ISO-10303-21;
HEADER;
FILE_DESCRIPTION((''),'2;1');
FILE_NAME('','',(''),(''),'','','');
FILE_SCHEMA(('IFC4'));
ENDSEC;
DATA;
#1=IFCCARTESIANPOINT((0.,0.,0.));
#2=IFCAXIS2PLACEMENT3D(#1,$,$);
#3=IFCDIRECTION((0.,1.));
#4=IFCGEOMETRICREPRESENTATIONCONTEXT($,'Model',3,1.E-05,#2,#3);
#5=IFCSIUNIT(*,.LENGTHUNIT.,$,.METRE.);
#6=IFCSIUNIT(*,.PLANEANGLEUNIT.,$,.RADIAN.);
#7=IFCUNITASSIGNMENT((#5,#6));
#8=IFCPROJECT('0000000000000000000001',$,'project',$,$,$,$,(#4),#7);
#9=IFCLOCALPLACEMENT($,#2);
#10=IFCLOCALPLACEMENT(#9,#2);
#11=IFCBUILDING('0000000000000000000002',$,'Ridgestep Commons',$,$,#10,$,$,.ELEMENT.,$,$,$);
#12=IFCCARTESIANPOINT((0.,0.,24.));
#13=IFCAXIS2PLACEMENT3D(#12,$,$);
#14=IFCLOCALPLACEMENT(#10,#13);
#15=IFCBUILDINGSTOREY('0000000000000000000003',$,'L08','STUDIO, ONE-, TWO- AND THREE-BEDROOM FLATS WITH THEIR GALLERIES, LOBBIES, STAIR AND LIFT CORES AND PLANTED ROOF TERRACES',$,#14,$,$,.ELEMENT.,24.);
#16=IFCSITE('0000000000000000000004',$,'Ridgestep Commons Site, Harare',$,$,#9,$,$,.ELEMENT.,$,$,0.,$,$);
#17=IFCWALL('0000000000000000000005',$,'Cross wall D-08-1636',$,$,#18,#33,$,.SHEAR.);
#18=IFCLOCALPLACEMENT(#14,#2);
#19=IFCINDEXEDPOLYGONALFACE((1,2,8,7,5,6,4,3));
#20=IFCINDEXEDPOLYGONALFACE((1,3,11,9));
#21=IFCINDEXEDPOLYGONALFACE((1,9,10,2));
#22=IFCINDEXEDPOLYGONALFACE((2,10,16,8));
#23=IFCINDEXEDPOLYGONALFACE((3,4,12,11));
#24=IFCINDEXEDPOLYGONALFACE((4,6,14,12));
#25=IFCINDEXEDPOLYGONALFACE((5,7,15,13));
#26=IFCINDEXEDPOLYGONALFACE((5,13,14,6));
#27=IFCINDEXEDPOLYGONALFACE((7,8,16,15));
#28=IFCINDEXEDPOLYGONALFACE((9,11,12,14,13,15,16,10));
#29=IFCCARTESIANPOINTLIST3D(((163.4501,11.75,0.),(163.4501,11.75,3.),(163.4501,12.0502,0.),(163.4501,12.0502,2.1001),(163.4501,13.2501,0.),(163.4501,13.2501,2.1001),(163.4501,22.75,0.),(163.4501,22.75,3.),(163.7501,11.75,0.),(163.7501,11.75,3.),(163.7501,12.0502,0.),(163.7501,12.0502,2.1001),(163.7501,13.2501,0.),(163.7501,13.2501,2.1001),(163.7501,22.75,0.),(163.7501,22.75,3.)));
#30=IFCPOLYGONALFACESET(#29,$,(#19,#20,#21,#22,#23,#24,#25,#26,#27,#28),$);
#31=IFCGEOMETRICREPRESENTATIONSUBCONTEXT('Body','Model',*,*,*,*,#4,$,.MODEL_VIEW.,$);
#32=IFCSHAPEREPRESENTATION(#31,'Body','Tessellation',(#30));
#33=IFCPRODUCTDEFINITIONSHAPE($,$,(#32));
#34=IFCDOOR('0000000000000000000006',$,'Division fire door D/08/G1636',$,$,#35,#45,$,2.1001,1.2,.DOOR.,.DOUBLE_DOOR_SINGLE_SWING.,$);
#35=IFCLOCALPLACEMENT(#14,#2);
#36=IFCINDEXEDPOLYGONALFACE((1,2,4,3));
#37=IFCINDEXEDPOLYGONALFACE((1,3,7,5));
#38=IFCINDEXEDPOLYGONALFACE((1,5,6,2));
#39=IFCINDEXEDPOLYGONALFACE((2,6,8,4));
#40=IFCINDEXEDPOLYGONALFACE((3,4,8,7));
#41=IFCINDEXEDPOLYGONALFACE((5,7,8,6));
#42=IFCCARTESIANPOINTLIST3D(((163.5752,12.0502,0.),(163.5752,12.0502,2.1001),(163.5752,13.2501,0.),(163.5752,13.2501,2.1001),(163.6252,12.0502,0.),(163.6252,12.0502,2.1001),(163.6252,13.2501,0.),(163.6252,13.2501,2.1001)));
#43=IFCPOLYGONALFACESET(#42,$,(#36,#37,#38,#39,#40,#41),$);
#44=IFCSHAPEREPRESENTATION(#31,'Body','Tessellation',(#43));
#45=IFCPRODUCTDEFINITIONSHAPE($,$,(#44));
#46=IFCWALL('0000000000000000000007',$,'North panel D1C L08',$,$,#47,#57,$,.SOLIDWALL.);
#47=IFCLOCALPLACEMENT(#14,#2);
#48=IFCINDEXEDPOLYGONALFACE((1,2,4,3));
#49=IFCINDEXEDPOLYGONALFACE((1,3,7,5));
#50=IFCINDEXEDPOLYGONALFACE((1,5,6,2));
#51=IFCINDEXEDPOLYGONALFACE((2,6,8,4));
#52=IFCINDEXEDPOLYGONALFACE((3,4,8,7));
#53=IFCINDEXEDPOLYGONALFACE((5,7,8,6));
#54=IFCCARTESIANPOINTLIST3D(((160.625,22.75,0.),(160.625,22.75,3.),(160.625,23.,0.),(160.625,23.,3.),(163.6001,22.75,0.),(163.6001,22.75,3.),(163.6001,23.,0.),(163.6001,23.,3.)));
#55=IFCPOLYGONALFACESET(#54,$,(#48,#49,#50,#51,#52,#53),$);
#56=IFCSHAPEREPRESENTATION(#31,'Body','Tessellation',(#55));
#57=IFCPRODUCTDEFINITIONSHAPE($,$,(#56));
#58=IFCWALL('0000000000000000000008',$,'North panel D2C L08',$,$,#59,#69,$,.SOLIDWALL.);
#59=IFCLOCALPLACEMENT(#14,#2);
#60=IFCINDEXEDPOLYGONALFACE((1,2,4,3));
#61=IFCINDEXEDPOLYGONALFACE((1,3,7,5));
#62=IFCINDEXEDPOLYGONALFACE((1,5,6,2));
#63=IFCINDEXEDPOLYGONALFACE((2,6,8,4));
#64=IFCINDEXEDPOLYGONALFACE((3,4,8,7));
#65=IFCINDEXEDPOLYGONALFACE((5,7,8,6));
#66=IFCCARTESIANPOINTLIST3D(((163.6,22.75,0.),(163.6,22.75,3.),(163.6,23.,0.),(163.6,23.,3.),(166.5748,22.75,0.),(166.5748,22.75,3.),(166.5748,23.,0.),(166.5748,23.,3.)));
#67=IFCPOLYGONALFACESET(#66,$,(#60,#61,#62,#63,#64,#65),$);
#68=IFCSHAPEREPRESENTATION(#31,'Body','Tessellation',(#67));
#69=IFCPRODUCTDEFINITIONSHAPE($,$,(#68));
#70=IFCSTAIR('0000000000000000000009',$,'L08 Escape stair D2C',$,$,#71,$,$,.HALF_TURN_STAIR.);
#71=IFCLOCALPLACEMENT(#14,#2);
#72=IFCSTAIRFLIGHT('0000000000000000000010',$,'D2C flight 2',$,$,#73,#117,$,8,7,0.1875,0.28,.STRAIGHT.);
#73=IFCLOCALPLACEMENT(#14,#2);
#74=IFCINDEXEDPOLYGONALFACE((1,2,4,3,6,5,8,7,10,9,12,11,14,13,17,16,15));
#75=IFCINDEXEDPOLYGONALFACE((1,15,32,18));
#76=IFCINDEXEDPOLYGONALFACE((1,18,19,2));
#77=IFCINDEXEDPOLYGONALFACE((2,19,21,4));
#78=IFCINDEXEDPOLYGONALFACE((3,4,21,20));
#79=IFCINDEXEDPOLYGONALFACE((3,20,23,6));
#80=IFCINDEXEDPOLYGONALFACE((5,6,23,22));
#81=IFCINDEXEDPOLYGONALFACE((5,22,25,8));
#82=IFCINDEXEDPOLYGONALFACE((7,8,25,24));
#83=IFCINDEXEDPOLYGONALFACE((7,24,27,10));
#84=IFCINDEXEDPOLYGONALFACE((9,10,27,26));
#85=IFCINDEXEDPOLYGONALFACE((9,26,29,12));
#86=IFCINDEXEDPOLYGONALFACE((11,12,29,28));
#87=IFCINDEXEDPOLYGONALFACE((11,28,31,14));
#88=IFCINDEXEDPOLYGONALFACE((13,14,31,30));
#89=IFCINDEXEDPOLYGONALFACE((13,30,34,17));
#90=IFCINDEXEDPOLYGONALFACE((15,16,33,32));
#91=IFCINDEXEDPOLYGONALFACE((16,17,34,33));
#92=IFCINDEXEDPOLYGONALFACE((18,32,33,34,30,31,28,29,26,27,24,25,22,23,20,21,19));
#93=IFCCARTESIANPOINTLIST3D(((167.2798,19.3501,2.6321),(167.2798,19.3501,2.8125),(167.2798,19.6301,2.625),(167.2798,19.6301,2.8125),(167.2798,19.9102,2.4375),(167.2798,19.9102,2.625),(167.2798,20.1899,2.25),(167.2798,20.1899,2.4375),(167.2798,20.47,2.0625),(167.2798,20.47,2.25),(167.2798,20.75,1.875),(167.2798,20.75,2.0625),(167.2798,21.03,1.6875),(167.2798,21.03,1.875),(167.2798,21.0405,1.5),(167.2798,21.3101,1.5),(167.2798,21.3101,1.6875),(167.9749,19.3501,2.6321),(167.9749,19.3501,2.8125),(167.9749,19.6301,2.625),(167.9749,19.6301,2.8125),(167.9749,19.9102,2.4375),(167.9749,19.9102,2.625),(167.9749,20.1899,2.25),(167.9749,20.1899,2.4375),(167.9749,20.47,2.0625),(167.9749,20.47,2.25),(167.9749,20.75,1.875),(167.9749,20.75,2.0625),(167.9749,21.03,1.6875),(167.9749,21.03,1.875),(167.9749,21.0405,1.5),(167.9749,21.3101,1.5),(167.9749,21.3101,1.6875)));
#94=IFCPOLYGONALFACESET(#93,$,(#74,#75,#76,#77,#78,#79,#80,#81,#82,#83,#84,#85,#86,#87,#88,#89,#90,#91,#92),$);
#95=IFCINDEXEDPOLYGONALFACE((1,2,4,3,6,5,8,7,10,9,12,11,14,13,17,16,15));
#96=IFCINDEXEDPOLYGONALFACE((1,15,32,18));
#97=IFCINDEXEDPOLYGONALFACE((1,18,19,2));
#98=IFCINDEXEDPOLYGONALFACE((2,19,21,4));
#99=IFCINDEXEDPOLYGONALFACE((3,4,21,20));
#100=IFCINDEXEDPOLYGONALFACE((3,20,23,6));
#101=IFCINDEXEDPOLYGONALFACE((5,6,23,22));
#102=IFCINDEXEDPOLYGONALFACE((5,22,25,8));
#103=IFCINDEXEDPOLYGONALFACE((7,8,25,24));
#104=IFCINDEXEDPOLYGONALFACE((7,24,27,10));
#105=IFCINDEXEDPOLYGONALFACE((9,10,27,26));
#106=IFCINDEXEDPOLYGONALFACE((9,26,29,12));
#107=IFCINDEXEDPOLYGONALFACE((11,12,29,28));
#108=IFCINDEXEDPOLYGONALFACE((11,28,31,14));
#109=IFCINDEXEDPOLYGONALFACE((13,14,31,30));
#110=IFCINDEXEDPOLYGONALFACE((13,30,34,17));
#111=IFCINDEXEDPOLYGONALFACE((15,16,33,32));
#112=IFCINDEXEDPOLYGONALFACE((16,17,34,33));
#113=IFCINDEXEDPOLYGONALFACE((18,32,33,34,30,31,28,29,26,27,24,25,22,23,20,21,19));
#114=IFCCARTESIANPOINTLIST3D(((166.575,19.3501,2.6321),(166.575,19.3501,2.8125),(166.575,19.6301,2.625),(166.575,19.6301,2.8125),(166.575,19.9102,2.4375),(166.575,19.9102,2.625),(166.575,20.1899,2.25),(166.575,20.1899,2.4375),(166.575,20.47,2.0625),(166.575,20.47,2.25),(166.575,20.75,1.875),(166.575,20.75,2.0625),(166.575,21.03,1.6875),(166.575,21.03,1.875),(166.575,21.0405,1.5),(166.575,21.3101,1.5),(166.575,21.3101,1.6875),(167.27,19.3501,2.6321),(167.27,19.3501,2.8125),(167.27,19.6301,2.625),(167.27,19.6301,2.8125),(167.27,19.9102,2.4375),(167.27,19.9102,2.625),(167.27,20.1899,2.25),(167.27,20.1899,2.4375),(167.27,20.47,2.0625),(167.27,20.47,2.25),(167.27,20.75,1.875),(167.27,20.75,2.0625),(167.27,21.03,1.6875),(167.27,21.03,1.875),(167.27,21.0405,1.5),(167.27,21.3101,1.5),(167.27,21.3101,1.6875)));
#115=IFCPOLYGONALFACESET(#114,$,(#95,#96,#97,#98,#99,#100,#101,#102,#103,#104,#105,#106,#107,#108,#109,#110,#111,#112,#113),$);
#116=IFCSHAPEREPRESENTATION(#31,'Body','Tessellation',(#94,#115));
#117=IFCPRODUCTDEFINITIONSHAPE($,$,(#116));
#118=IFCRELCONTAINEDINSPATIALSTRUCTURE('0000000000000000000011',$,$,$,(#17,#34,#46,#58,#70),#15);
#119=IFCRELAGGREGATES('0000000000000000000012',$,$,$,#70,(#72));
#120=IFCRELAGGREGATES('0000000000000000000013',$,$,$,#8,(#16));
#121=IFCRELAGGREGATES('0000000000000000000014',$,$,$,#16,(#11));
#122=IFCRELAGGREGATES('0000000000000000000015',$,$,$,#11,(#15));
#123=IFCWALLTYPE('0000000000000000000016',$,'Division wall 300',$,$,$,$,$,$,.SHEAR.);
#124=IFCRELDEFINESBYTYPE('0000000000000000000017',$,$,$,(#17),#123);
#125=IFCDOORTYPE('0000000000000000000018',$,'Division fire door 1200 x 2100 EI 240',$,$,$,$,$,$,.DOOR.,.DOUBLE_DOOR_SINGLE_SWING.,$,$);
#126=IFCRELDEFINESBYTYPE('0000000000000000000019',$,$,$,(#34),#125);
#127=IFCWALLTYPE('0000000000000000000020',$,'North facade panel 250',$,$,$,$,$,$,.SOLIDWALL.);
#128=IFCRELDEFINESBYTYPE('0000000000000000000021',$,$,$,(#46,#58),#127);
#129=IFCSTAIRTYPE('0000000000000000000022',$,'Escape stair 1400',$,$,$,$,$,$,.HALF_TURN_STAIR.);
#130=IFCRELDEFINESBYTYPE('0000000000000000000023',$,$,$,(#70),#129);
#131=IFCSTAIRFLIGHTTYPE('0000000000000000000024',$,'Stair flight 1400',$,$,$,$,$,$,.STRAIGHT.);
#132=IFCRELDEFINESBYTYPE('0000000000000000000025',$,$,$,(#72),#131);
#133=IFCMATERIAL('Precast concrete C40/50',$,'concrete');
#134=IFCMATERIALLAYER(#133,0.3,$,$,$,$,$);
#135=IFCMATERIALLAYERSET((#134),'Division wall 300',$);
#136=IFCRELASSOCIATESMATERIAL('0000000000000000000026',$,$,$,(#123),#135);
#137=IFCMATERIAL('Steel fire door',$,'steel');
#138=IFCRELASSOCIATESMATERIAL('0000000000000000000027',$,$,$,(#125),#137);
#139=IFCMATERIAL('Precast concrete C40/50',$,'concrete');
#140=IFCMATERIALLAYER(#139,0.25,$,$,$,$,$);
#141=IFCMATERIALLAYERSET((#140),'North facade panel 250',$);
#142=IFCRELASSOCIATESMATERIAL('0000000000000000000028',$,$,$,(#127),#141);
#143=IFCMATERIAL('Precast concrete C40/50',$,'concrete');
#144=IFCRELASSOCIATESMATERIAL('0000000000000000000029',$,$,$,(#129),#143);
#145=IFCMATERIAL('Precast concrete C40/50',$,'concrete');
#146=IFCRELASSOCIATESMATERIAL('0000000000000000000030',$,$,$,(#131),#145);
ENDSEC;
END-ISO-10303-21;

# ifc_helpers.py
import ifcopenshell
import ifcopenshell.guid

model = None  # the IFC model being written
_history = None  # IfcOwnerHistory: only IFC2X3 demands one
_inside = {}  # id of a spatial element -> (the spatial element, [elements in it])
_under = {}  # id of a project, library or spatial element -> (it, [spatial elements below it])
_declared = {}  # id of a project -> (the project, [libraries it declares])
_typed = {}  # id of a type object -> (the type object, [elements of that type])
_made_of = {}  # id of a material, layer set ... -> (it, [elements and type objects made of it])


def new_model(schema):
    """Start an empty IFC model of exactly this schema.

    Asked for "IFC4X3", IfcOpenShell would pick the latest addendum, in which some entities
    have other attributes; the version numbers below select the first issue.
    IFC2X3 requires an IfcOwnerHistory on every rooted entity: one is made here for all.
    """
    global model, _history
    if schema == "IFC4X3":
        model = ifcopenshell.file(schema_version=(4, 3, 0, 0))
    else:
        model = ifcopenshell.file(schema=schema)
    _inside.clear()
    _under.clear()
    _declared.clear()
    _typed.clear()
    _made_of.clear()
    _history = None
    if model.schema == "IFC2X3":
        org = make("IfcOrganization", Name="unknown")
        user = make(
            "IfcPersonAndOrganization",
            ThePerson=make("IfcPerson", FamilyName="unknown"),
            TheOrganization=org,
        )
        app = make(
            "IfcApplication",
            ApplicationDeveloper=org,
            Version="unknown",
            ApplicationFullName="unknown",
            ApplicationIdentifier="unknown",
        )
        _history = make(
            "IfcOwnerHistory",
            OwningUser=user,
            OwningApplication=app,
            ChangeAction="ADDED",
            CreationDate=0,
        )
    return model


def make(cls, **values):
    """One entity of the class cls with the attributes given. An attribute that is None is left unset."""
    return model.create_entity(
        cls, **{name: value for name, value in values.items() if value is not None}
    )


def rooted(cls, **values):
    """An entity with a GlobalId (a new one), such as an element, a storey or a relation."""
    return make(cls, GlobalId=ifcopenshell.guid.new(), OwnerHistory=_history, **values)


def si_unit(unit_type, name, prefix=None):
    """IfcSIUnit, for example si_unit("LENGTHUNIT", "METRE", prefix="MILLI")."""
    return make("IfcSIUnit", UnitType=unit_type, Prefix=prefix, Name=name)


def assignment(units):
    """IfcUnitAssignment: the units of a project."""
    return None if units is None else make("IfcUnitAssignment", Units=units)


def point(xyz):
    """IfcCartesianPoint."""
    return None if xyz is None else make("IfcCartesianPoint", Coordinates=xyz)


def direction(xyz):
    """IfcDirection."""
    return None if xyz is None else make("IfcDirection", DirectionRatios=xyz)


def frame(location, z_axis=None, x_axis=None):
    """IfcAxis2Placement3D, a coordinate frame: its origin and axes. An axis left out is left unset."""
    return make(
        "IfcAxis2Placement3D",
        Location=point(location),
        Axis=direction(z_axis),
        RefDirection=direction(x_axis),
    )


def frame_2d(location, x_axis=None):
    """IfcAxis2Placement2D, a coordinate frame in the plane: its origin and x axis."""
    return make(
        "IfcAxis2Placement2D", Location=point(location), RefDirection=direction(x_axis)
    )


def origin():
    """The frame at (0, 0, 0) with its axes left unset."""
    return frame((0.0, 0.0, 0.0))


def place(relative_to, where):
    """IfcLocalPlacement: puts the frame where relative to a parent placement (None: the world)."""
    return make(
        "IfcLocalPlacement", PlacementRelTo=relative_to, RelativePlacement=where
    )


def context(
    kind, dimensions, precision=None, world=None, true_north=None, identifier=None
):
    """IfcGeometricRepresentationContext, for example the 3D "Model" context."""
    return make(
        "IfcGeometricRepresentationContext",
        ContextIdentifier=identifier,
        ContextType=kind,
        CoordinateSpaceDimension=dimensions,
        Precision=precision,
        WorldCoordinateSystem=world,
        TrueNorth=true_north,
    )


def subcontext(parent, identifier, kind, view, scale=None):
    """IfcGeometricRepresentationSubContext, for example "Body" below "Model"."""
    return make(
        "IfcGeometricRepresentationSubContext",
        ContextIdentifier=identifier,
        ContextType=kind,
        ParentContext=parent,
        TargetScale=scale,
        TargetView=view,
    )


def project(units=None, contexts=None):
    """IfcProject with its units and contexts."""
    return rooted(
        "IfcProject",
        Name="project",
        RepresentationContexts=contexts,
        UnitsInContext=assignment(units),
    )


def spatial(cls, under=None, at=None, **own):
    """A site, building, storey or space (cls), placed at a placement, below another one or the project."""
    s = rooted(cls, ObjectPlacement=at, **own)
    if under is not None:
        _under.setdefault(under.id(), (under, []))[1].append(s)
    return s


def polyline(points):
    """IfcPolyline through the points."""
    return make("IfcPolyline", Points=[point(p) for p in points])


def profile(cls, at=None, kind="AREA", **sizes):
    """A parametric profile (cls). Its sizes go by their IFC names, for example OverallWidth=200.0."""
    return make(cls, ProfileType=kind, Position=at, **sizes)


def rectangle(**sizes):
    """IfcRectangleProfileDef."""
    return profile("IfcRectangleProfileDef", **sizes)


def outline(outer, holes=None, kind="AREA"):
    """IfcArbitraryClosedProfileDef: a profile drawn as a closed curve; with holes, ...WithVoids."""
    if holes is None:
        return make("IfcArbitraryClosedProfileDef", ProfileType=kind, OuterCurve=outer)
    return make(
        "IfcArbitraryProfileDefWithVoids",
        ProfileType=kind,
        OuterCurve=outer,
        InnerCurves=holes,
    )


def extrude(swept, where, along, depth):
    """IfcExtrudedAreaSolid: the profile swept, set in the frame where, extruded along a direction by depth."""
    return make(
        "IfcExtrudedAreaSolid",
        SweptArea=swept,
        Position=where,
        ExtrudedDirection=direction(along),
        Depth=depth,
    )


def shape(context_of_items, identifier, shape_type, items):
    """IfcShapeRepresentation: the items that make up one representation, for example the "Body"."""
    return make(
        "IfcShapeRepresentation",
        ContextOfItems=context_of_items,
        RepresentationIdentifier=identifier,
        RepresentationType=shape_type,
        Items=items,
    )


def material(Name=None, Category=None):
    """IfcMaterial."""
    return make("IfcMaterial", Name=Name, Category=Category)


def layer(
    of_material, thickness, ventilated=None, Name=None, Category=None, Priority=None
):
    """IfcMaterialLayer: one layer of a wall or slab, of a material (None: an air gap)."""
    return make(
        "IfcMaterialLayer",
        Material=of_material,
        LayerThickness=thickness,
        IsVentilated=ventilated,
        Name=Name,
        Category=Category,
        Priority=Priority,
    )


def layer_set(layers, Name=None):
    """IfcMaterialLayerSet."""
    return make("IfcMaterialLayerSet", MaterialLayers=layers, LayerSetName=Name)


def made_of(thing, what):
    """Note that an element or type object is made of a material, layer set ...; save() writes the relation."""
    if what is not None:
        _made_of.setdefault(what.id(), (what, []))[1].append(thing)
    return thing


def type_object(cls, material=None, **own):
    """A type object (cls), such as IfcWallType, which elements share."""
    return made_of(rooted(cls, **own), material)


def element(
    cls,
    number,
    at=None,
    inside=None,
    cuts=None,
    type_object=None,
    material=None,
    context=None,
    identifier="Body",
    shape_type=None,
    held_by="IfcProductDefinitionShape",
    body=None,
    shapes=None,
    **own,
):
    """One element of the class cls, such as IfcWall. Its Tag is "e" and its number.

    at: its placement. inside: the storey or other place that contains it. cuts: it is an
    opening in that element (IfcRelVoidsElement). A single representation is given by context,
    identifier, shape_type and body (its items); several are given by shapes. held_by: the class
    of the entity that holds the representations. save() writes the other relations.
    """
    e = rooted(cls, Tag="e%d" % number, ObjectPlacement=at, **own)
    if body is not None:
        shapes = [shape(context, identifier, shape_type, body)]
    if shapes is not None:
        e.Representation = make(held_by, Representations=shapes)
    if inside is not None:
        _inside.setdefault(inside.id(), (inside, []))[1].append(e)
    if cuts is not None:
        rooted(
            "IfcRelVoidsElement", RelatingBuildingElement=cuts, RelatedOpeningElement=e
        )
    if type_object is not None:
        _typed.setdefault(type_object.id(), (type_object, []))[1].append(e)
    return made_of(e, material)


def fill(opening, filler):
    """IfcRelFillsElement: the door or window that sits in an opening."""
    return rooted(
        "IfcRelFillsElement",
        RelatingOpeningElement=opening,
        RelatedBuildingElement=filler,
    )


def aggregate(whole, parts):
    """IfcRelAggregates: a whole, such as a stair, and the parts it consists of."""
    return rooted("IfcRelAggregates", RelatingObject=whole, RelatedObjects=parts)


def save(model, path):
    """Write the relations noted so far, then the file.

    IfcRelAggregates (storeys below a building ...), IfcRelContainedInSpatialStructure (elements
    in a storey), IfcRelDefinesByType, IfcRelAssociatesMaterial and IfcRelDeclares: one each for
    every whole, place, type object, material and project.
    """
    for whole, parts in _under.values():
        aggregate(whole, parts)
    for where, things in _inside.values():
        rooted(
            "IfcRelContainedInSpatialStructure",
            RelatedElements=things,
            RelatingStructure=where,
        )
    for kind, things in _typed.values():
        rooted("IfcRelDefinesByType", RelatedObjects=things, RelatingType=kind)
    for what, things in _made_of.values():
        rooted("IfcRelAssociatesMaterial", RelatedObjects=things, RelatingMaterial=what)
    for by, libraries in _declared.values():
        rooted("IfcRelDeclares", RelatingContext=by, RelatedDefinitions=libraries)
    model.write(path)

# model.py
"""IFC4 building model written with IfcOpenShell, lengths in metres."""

from ifc_helpers import new_model, si_unit, direction, frame, frame_2d, origin, place, context, subcontext, project, spatial, polyline, rectangle, outline, extrude, material, layer, layer_set, type_object, element, fill, aggregate, save


model = new_model("IFC4")

# Units and contexts
model_context = context("Model", 3, precision=1e-05, world=origin(), true_north=direction((0.0, 1.0)))
body_context = subcontext(model_context, "Body", "Model", "MODEL_VIEW")
ifc_project = project(units=[si_unit("LENGTHUNIT", "METRE"), si_unit("PLANEANGLEUNIT", "RADIAN")], contexts=[model_context])

# Site, building, storey
site_placement = place(None, origin())
site = spatial("IfcSite", under=ifc_project, at=site_placement, Name="Ridgestep Commons Site, Harare", CompositionType="ELEMENT", RefElevation=0.0)
building_placement = place(site_placement, origin())
building = spatial("IfcBuilding", under=site, at=building_placement, Name="Ridgestep Commons", CompositionType="ELEMENT")
storey_placement = place(building_placement, frame((0.0, 0.0, 24.0)))
storey = spatial("IfcBuildingStorey", under=building, at=storey_placement, Name="L08", Description="STUDIO, ONE-, TWO- AND THREE-BEDROOM FLATS WITH THEIR GALLERIES, LOBBIES, STAIR AND LIFT CORES AND PLANTED ROOF TERRACES", CompositionType="ELEMENT", Elevation=24.0)

# Wall, opening, door
ifc_material_1 = material(Name="Precast concrete C40/50", Category="concrete")
ifc_layer_1 = layer(ifc_material_1, 0.3)
ifc_layer_set_1 = layer_set([ifc_layer_1], Name="Division wall 300")
wall_type_1 = type_object("IfcWallType", Name="Division wall 300", PredefinedType="SHEAR", material=ifc_layer_set_1)
wall_1_placement = place(storey_placement, frame((163.6001, 11.75, 0.0), z_axis=(0.0, 0.0, 1.0), x_axis=(0.0, 1.0, 0.0)))
wall_1 = element("IfcWall", 1, at=wall_1_placement, inside=storey, type_object=wall_type_1, Name="Cross wall D-08-1636", PredefinedType="SHEAR", context=body_context, shape_type="SweptSolid", body=[
    extrude(rectangle(XDim=11.0, YDim=0.3, at=frame_2d((5.5, 0.0))), origin(), (0.0, 0.0, 1.0), 3.0),
])
opening_1_placement = place(wall_1_placement, frame((0.3, 0.0, 0.0)))
opening_1 = element("IfcOpeningElement", 2, at=opening_1_placement, cuts=wall_1, PredefinedType="OPENING", context=body_context, shape_type="SweptSolid", body=[
    extrude(rectangle(XDim=1.2, YDim=2.1001, at=frame_2d((0.6001, 1.05))), frame((0.0, 0.1599, 0.0), z_axis=(0.0, -1.0, 0.0), x_axis=(1.0, 0.0, 0.0)), (0.0, 0.0, 1.0), 0.3201),
])
ifc_material_2 = material(Name="Steel fire door", Category="steel")
door_type_1 = type_object("IfcDoorType", Name="Division fire door 1200 x 2100 EI 240", OperationType="DOUBLE_DOOR_SINGLE_SWING", PredefinedType="DOOR", material=ifc_material_2)
door_1_placement = place(opening_1_placement, origin())
door_1 = element("IfcDoor", 3, at=door_1_placement, inside=storey, type_object=door_type_1, Name="Division fire door D/08/G1636", OperationType="DOUBLE_DOOR_SINGLE_SWING", OverallHeight=2.1001, OverallWidth=1.2, PredefinedType="DOOR", context=body_context, shape_type="SweptSolid", body=[
    extrude(rectangle(XDim=1.2, YDim=2.1001, at=frame_2d((0.6001, 1.05))), frame((0.0, 0.0249, 0.0), z_axis=(0.0, -1.0, 0.0), x_axis=(1.0, 0.0, 0.0)), (0.0, 0.0, 1.0), 0.05),
])
fill(opening_1, door_1)

# Walls
ifc_material_3 = material(Name="Precast concrete C40/50", Category="concrete")
ifc_layer_2 = layer(ifc_material_3, 0.25)
ifc_layer_set_2 = layer_set([ifc_layer_2], Name="North facade panel 250")
wall_type_2 = type_object("IfcWallType", Name="North facade panel 250", PredefinedType="SOLIDWALL", material=ifc_layer_set_2)
wall_2_placement = place(storey_placement, frame((160.625, 22.875, 0.0), z_axis=(0.0, 0.0, 1.0), x_axis=(1.0, 0.0, 0.0)))
element("IfcWall", 4, at=wall_2_placement, inside=storey, type_object=wall_type_2, Name="North panel D1C L08", PredefinedType="SOLIDWALL", context=body_context, shape_type="SweptSolid", body=[
    extrude(rectangle(XDim=2.9751, YDim=0.25, at=frame_2d((1.4875, 0.0))), origin(), (0.0, 0.0, 1.0), 3.0),
])
wall_3_placement = place(storey_placement, frame((163.6001, 22.875, 0.0), z_axis=(0.0, 0.0, 1.0), x_axis=(1.0, 0.0, 0.0)))
element("IfcWall", 5, at=wall_3_placement, inside=storey, type_object=wall_type_2, Name="North panel D2C L08", PredefinedType="SOLIDWALL", context=body_context, shape_type="SweptSolid", body=[
    extrude(rectangle(XDim=2.9749, YDim=0.25, at=frame_2d((1.4873, 0.0))), origin(), (0.0, 0.0, 1.0), 3.0),
])

# Stair, stair flight
ifc_material_4 = material(Name="Precast concrete C40/50", Category="concrete")
stair_type = type_object("IfcStairType", Name="Escape stair 1400", PredefinedType="HALF_TURN_STAIR", material=ifc_material_4)
stair_placement = place(storey_placement, origin())
stair = element("IfcStair", 6, at=stair_placement, inside=storey, type_object=stair_type, Name="L08 Escape stair D2C", PredefinedType="HALF_TURN_STAIR")
ifc_material_5 = material(Name="Precast concrete C40/50", Category="concrete")
stair_flight_type = type_object("IfcStairFlightType", Name="Stair flight 1400", PredefinedType="STRAIGHT", material=ifc_material_5)
stair_flight_placement = place(storey_placement, frame((167.2749, 21.3101, 1.5), z_axis=(0.0, 0.0, 1.0), x_axis=(0.0, -1.0, 0.0)))
stair_flight = element("IfcStairFlight", 7, at=stair_flight_placement, type_object=stair_flight_type, Name="D2C flight 2", NumberOfRisers=8, NumberOfTreads=7, PredefinedType="STRAIGHT", RiserHeight=0.1875, TreadLength=0.28, context=body_context, shape_type="SweptSolid", body=[
    extrude(outline(polyline([(0.0, 0.0), (0.0, 0.1875), (0.28, 0.1875), (0.28, 0.375), (0.5601, 0.375), (0.5601, 0.5625), (0.8401, 0.5625), (0.8401, 0.75), (1.1201, 0.75), (1.1201, 0.9375), (1.3999, 0.9375), (1.3999, 1.125), (1.6799, 1.125), (1.6799, 1.3125), (1.96, 1.3125), (1.96, 1.5), (1.96, 1.1321), (0.2695, 0.0), (0.0, 0.0)])), frame((0.0, 0.7, 0.0), z_axis=(0.0, -1.0, 0.0), x_axis=(1.0, 0.0, 0.0)), (0.0, 0.0, 1.0), 0.6951),
    extrude(outline(polyline([(0.0, 0.0), (0.0, 0.1875), (0.28, 0.1875), (0.28, 0.375), (0.5601, 0.375), (0.5601, 0.5625), (0.8401, 0.5625), (0.8401, 0.75), (1.1201, 0.75), (1.1201, 0.9375), (1.3999, 0.9375), (1.3999, 1.125), (1.6799, 1.125), (1.6799, 1.3125), (1.96, 1.3125), (1.96, 1.5), (1.96, 1.1321), (0.2695, 0.0), (0.0, 0.0)])), frame((0.0, -0.0049, 0.0), z_axis=(0.0, -1.0, 0.0), x_axis=(1.0, 0.0, 0.0)), (0.0, 0.0, 1.0), 0.6951),
])
aggregate(stair, [stair_flight])

save(model, "model.ifc")
